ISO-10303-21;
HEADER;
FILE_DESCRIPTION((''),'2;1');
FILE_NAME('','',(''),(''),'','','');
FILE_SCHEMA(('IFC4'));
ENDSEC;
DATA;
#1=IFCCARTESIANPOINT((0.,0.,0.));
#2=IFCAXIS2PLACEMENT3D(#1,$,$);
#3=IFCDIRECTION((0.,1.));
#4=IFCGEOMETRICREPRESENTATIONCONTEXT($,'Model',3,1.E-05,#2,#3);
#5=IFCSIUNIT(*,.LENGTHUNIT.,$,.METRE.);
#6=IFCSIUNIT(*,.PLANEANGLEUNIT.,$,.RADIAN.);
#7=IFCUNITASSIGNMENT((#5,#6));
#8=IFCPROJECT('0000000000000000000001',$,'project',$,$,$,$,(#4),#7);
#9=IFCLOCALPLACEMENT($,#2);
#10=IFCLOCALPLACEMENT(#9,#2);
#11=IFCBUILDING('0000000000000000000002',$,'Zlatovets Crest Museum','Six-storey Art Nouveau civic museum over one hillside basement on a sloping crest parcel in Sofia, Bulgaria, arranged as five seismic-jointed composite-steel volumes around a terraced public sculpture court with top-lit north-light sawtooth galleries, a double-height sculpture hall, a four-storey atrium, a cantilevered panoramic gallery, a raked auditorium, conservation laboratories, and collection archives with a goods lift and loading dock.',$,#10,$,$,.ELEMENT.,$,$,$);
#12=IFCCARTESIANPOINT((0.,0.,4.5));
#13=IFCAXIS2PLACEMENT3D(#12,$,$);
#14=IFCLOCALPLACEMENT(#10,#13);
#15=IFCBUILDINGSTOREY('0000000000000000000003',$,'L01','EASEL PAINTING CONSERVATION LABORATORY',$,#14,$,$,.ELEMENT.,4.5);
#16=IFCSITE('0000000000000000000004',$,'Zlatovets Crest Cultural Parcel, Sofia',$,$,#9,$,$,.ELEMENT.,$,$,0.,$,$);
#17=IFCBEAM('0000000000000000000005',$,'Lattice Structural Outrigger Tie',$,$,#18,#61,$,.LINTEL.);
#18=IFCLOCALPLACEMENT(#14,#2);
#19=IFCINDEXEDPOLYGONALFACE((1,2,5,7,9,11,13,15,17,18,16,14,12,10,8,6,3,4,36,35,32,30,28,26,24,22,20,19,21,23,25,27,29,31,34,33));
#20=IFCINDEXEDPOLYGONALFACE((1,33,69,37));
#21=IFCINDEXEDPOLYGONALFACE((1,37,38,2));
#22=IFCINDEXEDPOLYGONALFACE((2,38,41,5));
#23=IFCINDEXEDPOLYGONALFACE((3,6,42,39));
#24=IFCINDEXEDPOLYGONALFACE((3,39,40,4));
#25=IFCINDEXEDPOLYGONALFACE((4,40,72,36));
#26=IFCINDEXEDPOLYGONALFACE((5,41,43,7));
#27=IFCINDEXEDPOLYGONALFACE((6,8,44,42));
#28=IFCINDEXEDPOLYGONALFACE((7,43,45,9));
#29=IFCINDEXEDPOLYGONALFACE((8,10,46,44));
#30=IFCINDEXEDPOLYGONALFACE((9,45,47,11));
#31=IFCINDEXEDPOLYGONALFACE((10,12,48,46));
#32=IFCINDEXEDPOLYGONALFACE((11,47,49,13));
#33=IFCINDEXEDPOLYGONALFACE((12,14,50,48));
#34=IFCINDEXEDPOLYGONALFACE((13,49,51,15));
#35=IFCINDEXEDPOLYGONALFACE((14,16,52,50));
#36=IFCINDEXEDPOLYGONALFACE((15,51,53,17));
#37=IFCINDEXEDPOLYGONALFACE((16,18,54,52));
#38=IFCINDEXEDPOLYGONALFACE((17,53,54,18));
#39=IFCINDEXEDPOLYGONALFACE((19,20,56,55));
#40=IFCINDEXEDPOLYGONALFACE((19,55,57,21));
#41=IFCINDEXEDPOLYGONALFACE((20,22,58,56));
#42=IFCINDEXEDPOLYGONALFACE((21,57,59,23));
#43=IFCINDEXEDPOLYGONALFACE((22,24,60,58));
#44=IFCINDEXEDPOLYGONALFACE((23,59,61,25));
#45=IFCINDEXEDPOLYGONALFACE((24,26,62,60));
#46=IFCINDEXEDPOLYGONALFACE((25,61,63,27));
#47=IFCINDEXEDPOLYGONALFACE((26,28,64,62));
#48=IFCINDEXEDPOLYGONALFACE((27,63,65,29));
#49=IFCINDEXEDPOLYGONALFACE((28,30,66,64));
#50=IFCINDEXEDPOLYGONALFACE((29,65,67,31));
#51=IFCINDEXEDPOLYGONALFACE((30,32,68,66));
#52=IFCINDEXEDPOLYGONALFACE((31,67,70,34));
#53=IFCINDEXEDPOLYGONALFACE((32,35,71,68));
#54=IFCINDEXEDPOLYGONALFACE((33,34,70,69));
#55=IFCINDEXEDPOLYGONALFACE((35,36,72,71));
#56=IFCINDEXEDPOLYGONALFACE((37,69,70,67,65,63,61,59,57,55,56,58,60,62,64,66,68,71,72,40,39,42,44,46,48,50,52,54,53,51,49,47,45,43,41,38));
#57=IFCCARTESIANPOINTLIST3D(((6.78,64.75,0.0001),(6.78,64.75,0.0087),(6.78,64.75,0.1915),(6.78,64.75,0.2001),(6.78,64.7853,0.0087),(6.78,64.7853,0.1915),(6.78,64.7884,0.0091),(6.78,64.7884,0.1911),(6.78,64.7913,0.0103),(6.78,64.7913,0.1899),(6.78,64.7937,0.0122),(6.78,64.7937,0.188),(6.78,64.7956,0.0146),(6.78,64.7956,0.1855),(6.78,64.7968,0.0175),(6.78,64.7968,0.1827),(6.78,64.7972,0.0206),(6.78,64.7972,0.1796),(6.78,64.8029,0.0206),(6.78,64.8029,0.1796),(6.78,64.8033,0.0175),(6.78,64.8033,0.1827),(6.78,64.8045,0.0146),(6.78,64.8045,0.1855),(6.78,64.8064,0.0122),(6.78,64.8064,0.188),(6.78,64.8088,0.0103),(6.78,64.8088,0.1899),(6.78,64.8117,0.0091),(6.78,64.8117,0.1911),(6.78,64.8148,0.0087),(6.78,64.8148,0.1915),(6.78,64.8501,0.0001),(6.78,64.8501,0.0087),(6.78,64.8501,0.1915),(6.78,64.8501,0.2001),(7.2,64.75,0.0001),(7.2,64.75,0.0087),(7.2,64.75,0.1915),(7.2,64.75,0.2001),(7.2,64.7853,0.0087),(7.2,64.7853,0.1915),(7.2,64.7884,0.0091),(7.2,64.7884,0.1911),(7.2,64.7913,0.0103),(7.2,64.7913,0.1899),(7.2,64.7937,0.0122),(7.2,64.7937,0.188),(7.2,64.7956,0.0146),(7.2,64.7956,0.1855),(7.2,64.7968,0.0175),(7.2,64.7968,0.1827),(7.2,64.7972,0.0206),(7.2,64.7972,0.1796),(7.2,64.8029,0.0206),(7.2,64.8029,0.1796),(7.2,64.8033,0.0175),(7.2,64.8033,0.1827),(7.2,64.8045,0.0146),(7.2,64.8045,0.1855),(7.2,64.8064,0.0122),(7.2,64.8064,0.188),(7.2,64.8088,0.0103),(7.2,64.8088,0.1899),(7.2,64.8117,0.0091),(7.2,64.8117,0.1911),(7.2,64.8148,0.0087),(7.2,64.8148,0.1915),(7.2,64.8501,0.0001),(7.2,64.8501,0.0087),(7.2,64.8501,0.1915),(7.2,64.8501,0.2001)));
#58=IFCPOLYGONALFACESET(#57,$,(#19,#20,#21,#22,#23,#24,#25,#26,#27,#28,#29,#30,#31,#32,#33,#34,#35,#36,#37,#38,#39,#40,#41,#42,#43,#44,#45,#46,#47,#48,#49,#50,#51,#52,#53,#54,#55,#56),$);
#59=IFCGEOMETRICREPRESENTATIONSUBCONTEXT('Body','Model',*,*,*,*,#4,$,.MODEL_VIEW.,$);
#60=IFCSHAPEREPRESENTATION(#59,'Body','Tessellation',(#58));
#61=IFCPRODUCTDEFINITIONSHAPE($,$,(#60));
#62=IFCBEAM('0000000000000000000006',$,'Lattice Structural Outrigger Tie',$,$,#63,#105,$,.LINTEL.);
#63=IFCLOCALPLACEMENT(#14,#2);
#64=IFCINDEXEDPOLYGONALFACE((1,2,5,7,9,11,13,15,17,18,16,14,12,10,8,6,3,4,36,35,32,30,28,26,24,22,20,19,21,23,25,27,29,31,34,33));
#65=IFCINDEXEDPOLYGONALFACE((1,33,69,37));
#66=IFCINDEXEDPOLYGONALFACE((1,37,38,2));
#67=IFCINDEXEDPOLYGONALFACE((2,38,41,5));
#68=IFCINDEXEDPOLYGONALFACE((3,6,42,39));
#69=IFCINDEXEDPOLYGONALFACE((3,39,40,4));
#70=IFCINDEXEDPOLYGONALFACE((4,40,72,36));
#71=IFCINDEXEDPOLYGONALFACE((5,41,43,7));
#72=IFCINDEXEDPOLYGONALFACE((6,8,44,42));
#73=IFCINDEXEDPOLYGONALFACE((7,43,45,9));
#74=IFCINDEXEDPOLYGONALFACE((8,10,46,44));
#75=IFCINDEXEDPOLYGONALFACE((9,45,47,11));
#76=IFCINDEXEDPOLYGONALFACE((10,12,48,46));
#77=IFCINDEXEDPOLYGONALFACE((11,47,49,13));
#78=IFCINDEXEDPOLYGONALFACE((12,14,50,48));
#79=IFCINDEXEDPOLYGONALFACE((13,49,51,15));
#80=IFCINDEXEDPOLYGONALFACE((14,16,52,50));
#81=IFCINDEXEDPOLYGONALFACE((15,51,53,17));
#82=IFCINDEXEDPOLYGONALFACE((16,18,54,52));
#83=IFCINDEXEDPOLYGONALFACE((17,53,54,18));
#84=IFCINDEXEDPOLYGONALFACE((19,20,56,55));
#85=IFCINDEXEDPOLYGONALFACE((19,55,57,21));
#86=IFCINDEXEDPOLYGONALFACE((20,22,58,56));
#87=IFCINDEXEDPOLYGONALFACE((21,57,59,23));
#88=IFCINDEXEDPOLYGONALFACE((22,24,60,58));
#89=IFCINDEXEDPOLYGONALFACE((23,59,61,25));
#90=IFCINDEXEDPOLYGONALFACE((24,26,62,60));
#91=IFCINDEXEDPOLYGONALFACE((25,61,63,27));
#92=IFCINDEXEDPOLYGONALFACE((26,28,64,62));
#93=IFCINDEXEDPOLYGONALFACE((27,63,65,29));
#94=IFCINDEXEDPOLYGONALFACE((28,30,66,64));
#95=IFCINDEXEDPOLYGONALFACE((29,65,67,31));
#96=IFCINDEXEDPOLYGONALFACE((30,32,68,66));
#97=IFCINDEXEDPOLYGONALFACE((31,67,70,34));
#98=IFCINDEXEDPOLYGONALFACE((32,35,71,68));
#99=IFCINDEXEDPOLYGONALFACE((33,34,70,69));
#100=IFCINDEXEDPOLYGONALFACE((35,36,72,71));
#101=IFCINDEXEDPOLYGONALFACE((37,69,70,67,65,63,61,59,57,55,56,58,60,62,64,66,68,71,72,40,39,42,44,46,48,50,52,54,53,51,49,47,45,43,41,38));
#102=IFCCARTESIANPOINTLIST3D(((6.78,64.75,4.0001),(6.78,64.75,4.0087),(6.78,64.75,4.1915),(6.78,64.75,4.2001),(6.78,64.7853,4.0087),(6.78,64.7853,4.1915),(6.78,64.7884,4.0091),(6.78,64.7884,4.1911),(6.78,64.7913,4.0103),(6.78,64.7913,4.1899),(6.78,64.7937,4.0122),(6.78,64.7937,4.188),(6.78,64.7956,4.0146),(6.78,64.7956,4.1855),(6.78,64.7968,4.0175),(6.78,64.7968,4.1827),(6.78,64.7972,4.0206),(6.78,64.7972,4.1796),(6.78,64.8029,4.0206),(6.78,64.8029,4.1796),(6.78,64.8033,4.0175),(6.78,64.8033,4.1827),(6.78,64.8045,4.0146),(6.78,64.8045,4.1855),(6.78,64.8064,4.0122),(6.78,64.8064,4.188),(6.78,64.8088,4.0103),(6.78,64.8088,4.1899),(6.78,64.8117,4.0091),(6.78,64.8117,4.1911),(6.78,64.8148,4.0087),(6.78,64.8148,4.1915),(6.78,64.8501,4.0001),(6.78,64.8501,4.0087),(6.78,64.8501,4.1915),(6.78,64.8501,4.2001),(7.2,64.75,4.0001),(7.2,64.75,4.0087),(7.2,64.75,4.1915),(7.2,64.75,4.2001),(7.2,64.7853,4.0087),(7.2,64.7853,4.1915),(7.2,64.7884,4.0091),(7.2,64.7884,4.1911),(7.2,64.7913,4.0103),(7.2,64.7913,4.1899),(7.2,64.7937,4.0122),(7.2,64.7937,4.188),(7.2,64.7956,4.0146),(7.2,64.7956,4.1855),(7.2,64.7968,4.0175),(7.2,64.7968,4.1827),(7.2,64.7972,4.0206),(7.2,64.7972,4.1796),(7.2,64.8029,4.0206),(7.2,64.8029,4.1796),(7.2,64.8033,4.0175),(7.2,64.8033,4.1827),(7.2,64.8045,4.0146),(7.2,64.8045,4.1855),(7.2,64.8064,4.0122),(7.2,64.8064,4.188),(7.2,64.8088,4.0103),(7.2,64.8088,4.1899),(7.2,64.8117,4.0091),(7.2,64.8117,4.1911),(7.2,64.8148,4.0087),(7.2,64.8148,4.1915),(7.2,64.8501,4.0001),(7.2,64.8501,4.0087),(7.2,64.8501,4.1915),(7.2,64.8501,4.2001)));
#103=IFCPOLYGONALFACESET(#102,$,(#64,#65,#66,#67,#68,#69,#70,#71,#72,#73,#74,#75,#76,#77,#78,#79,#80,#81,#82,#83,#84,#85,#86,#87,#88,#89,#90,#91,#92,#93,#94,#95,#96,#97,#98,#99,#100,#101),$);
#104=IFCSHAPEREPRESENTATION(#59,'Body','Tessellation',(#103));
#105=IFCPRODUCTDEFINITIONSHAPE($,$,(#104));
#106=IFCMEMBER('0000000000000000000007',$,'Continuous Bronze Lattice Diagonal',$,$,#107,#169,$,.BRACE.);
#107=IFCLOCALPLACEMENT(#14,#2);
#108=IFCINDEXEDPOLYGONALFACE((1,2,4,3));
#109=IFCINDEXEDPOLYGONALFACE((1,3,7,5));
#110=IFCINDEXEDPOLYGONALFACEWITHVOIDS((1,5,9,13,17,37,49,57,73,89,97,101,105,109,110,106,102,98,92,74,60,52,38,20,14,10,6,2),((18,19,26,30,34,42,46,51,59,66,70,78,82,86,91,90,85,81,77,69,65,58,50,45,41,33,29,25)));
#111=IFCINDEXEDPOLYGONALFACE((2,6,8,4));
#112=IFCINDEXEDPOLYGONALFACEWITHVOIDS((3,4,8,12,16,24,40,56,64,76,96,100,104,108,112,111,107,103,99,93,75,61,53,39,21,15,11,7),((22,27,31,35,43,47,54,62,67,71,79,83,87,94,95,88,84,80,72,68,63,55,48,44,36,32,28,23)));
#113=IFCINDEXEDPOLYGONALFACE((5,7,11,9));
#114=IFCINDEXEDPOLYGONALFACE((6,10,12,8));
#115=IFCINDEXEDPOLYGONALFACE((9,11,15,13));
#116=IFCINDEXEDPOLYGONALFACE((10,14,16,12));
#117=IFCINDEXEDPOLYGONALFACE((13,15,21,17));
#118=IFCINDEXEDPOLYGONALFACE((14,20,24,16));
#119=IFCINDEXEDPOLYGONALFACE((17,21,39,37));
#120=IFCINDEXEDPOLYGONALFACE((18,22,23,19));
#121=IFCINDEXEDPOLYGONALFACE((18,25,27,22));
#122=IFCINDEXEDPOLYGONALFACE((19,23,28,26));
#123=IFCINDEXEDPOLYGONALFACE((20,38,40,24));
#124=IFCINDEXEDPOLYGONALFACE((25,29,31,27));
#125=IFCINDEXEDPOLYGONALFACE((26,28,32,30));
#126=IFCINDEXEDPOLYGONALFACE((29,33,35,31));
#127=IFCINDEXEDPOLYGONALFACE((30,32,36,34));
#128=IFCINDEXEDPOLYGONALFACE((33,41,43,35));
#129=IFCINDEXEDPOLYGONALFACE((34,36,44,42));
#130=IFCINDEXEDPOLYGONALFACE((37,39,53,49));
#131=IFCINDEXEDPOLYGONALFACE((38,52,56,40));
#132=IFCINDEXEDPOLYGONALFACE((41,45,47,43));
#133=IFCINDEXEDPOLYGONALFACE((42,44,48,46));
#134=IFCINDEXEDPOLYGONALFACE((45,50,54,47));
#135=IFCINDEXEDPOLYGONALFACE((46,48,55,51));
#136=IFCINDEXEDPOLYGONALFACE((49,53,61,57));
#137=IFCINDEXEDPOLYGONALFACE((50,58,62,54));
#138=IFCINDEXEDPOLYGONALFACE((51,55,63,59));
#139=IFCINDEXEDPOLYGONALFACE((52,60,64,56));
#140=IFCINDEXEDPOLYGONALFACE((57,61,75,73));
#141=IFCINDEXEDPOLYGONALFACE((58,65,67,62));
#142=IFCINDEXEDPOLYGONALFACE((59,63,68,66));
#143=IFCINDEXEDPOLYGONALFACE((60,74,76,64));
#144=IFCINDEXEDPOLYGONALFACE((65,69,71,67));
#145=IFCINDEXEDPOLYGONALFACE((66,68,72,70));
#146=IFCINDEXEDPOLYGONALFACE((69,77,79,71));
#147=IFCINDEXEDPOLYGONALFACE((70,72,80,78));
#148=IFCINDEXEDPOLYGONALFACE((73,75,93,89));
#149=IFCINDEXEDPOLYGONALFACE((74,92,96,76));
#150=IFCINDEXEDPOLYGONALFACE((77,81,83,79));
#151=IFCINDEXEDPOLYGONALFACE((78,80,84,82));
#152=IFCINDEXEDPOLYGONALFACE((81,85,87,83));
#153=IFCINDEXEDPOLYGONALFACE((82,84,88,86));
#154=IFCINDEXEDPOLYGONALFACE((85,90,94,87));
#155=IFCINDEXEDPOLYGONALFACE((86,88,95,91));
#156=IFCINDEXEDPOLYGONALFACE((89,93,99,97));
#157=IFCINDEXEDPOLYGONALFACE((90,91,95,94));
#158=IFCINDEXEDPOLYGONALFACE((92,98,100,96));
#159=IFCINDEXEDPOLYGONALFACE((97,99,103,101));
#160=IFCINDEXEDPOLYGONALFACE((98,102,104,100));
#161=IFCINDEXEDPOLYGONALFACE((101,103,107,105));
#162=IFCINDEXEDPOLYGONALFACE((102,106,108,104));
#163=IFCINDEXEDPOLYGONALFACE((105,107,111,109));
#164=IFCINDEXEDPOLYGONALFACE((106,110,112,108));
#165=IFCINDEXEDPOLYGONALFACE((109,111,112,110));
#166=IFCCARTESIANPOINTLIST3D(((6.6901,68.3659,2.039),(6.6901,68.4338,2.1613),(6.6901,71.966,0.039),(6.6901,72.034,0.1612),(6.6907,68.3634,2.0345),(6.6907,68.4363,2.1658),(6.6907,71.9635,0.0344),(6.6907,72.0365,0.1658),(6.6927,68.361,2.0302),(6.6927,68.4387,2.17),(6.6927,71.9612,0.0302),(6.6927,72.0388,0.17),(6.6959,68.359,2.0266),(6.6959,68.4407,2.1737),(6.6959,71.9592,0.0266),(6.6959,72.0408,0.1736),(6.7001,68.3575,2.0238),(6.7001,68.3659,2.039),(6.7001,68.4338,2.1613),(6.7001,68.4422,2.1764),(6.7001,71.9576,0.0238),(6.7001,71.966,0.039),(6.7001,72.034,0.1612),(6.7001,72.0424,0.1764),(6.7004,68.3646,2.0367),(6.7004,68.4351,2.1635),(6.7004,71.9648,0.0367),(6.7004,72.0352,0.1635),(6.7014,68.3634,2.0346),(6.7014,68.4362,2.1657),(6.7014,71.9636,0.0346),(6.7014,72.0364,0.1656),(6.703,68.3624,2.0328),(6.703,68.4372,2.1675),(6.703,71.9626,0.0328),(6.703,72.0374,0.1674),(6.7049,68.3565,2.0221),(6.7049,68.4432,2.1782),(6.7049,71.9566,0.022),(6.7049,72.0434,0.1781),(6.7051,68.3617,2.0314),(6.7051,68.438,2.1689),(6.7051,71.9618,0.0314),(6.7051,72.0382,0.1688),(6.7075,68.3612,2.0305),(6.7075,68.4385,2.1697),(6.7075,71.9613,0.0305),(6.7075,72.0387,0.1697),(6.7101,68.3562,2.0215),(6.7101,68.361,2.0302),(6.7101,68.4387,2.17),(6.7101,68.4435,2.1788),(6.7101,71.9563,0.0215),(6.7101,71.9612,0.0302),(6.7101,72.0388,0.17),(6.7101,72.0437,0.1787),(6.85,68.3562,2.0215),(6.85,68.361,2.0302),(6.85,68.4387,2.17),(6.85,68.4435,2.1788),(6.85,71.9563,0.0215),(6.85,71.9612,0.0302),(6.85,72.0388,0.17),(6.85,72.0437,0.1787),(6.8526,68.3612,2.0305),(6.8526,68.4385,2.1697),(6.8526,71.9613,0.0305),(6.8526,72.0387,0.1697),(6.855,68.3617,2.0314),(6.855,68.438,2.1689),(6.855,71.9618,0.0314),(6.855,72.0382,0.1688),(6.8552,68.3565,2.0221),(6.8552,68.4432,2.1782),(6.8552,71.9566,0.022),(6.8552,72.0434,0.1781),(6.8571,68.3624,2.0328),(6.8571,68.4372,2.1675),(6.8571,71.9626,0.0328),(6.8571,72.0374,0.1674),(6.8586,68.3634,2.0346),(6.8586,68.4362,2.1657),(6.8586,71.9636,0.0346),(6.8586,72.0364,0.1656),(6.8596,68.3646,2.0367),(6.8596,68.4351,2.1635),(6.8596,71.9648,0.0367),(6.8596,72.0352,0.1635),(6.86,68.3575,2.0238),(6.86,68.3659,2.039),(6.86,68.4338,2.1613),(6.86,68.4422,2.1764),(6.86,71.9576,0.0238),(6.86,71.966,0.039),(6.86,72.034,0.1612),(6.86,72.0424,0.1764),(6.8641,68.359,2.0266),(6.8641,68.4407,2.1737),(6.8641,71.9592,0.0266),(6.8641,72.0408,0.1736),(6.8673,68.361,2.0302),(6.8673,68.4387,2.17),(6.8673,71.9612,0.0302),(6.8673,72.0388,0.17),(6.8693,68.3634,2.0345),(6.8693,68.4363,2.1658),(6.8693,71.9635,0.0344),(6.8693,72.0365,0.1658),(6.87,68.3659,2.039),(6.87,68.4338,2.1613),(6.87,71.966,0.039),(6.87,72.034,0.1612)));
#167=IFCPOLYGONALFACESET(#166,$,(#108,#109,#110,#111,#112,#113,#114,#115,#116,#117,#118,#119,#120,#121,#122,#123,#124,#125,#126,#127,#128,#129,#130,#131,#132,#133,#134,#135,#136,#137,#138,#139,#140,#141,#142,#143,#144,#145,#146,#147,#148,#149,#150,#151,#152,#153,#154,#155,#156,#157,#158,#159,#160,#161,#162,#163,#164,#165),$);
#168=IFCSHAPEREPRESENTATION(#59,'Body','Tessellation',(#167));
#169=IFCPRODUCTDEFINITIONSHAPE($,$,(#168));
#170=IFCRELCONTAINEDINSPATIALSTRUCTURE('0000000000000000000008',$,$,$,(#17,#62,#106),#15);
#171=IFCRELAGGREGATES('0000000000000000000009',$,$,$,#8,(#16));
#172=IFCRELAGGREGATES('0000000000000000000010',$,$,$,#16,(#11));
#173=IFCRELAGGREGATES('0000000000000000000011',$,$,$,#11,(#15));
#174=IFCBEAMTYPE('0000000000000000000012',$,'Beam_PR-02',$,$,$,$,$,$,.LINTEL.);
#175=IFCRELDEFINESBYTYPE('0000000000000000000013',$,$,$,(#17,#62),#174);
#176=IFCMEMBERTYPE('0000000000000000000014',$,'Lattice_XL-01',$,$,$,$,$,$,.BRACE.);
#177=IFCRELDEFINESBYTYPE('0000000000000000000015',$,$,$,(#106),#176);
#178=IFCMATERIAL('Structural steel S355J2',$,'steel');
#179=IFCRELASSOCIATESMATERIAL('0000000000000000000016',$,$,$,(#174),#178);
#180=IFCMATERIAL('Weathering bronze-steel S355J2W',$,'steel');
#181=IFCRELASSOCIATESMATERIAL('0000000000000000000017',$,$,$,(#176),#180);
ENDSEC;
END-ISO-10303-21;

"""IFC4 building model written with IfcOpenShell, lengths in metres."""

from ifc_helpers import new_model, si_unit, direction, frame, origin, origin_2d, place, context, subcontext, project, spatial, hollow_rectangle, i_section, extrude, material, material_profile, profile_set, type_object, element, save


model = new_model("IFC4")

# Units and contexts
model_context = context("Model", 3, precision=1e-05, world=origin(), true_north=direction((0.0, 1.0)))
body_context = subcontext(model_context, "Body", "Model", "MODEL_VIEW")
ifc_project = project(units=[si_unit("LENGTHUNIT", "METRE"), si_unit("PLANEANGLEUNIT", "RADIAN")], contexts=[model_context])

# Site, building, storey
site_placement = place(None, origin())
site = spatial("IfcSite", under=ifc_project, at=site_placement, Name="Zlatovets Crest Cultural Parcel, Sofia", CompositionType="ELEMENT", RefElevation=0.0)
building_placement = place(site_placement, origin())
building = spatial("IfcBuilding", under=site, at=building_placement, Name="Zlatovets Crest Museum", Description="Six-storey Art Nouveau civic museum over one hillside basement on a sloping crest parcel in Sofia, Bulgaria, arranged as five seismic-jointed composite-steel volumes around a terraced public sculpture court with top-lit north-light sawtooth galleries, a double-height sculpture hall, a four-storey atrium, a cantilevered panoramic gallery, a raked auditorium, conservation laboratories, and collection archives with a goods lift and loading dock.", CompositionType="ELEMENT")
storey_placement = place(building_placement, frame((0.0, 0.0, 4.5)))
storey = spatial("IfcBuildingStorey", under=building, at=storey_placement, Name="L01", Description="EASEL PAINTING CONSERVATION LABORATORY", CompositionType="ELEMENT", Elevation=4.5)

# Shared definitions
ifc_material_1 = material(Name="Structural steel S355J2", Category="steel")

# Beams
ifc_material_profile_1 = material_profile(ifc_material_1, i_section(OverallWidth=0.1001, OverallDepth=0.2, WebThickness=0.0056, FlangeThickness=0.0085, FilletRadius=0.012, at=origin_2d()), Name="IPE 200")
ifc_profile_set_1 = profile_set([ifc_material_profile_1], Name="Structural steel S355J2")
beam_type_1 = type_object("IfcBeamType", Name="Beam_PR-02", PredefinedType="LINTEL", material=ifc_profile_set_1)
for number, where, z_axis, x_axis, name in (
    (1, (7.2, 64.8, 0.1001), (-1.0, 0.0, 0.0), (0.0, -1.0, 0.0), "Lattice Structural Outrigger Tie"),
    (2, (7.2, 64.8, 4.1001), (-1.0, 0.0, 0.0), (0.0, -1.0, 0.0), "Lattice Structural Outrigger Tie"),
):
    element("IfcBeam", number, at=place(storey_placement, frame(where, z_axis=z_axis, x_axis=x_axis)), inside=storey, type_object=beam_type_1, Name=name, PredefinedType="LINTEL", context=body_context, shape_type="SweptSolid", body=[
        extrude(i_section(OverallWidth=0.1001, OverallDepth=0.2, WebThickness=0.0056, FlangeThickness=0.0085, FilletRadius=0.012, at=origin_2d()), origin(), (0.0, 0.0, 1.0), 0.4199),
    ])

# Member
ifc_material_2 = material(Name="Weathering bronze-steel S355J2W", Category="steel")
ifc_material_profile_2 = material_profile(ifc_material_2, hollow_rectangle(XDim=0.1799, YDim=0.1799, WallThickness=0.01, InnerFilletRadius=0.01, OuterFilletRadius=0.02, at=origin_2d()), Name="SHS 180x180x10.0")
ifc_profile_set_2 = profile_set([ifc_material_profile_2], Name="Weathering bronze-steel S355J2W")
member_type_1 = type_object("IfcMemberType", Name="Lattice_XL-01", PredefinedType="BRACE", material=ifc_profile_set_2)
member_1_placement = place(storey_placement, frame((6.78, 72.0, 0.1001), z_axis=(0.0, -0.874163, 0.485633), x_axis=(1.0, 0.0, 0.0)))
element("IfcMember", 3, at=member_1_placement, inside=storey, type_object=member_type_1, Name="Continuous Bronze Lattice Diagonal", PredefinedType="BRACE", context=body_context, shape_type="SweptSolid", body=[
    extrude(hollow_rectangle(XDim=0.1799, YDim=0.1799, WallThickness=0.01, InnerFilletRadius=0.01, OuterFilletRadius=0.02, at=origin_2d()), origin(), (0.0, 0.0, 1.0), 4.1184),
])

save(model, "model.ifc")
